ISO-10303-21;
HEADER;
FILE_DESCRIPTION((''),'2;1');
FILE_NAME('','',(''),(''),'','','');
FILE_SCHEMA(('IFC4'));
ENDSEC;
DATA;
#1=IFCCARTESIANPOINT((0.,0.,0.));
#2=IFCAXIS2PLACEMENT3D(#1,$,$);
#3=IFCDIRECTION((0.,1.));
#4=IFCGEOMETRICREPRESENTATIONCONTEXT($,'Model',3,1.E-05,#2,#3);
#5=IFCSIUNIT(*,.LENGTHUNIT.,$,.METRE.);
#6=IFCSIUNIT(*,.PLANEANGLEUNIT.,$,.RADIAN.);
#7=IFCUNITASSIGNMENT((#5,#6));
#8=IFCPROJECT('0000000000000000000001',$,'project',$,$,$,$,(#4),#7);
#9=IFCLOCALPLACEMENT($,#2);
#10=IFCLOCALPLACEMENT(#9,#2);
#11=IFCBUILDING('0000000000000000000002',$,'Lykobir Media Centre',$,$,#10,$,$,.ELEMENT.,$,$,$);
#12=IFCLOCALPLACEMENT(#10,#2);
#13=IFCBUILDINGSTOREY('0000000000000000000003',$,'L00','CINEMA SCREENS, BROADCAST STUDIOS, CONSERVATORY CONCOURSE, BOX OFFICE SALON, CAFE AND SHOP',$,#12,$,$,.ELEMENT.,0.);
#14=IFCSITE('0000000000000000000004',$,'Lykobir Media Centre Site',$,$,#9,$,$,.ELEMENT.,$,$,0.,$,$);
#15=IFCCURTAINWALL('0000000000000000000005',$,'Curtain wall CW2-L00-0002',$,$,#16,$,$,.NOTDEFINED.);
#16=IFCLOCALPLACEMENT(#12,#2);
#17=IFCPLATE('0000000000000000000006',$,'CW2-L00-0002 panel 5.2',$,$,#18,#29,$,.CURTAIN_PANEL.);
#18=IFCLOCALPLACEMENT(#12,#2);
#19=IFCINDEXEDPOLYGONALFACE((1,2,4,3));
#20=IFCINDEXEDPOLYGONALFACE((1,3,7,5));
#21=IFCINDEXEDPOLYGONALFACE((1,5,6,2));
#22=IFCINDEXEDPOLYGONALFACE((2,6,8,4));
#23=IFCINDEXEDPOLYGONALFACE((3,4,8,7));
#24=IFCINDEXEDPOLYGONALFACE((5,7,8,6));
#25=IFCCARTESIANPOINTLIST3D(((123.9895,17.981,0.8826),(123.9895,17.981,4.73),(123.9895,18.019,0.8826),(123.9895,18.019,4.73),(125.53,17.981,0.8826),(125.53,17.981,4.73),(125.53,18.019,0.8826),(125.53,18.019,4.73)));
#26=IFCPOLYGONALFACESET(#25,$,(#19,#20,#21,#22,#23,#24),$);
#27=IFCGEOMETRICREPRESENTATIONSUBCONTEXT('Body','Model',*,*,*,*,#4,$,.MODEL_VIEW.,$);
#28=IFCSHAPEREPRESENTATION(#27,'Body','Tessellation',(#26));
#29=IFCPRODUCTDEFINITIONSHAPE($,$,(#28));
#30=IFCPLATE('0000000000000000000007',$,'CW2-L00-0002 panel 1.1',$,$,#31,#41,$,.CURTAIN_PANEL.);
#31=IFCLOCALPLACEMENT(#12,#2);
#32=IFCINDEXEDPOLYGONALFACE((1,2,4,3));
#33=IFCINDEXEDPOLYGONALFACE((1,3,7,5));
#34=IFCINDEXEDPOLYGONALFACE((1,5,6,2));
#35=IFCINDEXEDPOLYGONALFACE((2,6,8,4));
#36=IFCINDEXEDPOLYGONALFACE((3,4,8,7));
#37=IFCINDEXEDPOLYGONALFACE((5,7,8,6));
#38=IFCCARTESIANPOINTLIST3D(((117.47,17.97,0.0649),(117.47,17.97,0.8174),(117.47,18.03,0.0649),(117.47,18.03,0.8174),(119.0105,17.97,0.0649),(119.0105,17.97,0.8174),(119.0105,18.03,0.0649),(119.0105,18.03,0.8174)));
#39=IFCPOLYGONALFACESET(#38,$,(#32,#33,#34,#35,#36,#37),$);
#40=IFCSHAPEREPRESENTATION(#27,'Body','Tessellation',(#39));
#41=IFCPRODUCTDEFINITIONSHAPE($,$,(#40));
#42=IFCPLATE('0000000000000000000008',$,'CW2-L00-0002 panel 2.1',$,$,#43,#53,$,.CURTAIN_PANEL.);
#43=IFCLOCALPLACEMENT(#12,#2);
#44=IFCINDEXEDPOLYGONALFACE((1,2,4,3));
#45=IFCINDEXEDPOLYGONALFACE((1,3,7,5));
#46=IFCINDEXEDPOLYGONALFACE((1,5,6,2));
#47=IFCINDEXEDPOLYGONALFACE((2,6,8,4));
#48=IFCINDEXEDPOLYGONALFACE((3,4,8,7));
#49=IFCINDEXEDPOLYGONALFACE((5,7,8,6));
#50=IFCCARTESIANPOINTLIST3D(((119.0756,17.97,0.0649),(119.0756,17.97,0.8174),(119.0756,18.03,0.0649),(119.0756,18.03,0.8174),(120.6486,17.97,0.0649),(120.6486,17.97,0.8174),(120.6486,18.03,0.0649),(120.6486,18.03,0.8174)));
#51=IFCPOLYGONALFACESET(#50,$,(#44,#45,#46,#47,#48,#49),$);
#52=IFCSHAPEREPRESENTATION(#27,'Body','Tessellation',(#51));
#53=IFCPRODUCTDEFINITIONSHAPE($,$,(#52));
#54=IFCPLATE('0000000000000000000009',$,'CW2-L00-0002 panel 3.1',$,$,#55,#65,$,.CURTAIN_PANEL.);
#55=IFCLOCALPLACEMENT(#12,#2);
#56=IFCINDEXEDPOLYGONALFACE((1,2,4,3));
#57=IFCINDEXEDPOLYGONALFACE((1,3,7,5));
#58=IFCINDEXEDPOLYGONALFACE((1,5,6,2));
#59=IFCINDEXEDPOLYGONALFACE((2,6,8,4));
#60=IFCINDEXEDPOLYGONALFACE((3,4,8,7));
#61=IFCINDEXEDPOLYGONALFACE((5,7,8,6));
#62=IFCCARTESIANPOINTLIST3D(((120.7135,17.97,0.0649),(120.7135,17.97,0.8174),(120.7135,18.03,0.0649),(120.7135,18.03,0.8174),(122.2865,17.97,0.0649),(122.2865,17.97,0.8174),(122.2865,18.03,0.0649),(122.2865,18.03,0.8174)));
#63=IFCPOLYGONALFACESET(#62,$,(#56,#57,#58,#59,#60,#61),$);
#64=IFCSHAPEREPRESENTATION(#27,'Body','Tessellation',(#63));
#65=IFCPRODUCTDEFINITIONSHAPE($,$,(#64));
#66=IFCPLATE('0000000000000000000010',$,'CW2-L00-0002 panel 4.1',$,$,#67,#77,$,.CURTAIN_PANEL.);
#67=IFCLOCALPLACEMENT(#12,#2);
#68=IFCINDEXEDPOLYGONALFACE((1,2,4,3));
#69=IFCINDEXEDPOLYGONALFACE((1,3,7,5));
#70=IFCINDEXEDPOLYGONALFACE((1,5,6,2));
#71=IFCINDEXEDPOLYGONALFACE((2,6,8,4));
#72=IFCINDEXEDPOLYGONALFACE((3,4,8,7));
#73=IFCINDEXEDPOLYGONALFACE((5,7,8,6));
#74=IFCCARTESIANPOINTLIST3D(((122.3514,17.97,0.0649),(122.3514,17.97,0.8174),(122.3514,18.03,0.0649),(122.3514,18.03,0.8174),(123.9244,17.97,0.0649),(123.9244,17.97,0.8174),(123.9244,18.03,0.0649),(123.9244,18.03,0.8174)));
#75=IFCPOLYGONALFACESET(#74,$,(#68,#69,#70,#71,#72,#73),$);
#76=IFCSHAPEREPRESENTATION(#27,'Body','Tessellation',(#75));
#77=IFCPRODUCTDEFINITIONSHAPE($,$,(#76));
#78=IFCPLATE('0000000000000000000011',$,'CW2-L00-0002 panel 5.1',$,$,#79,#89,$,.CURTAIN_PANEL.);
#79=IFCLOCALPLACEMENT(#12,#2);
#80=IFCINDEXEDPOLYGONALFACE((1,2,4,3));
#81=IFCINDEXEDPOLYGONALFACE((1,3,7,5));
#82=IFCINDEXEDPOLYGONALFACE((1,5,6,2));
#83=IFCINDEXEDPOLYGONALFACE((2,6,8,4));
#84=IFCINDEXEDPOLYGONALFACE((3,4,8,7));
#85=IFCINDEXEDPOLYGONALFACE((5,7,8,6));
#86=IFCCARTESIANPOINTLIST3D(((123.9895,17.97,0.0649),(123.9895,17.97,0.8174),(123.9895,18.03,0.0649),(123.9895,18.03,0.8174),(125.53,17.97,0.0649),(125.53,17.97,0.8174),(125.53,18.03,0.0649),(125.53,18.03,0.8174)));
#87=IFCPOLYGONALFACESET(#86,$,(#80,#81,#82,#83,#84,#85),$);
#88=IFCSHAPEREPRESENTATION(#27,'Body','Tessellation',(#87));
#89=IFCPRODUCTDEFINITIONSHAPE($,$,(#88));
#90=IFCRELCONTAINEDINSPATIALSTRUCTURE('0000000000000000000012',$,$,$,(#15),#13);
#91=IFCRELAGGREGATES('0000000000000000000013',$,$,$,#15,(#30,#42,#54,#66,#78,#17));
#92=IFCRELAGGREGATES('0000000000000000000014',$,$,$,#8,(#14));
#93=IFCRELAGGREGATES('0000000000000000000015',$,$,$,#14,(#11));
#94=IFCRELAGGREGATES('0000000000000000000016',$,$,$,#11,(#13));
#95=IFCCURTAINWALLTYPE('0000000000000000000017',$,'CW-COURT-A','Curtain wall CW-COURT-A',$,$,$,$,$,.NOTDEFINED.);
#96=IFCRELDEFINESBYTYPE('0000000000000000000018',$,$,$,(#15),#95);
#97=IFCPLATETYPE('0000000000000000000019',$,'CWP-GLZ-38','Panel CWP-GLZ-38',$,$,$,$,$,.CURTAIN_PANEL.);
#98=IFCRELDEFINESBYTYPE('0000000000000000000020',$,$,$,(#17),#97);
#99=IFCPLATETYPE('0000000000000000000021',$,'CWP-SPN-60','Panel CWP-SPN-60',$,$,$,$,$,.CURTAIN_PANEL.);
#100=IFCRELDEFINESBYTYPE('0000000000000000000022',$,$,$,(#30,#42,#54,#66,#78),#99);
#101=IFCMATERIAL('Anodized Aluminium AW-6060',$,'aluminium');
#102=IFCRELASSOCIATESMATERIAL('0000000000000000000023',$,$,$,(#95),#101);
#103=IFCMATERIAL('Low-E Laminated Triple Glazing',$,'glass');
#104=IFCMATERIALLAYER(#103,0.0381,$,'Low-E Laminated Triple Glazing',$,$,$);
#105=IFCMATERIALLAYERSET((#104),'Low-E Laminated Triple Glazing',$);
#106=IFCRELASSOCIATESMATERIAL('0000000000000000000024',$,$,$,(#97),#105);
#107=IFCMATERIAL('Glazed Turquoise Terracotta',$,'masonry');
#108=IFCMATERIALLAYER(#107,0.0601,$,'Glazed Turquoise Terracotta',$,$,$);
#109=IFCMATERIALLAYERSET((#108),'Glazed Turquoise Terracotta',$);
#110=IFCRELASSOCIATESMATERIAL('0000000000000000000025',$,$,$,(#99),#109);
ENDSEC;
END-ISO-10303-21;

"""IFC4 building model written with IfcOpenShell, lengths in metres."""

from ifc_helpers import new_model, si_unit, direction, frame, origin, origin_2d, place, context, subcontext, project, spatial, rectangle, extrude, material, layer, layer_set, type_object, element, aggregate, save


model = new_model("IFC4")

# Units and contexts
model_context = context("Model", 3, precision=1e-05, world=origin(), true_north=direction((0.0, 1.0)))
body_context = subcontext(model_context, "Body", "Model", "MODEL_VIEW")
ifc_project = project(units=[si_unit("LENGTHUNIT", "METRE"), si_unit("PLANEANGLEUNIT", "RADIAN")], contexts=[model_context])

# Site, building, storey
site_placement = place(None, origin())
site = spatial("IfcSite", under=ifc_project, at=site_placement, Name="Lykobir Media Centre Site", CompositionType="ELEMENT", RefElevation=0.0)
building_placement = place(site_placement, origin())
building = spatial("IfcBuilding", under=site, at=building_placement, Name="Lykobir Media Centre", CompositionType="ELEMENT")
storey_placement = place(building_placement, origin())
storey = spatial("IfcBuildingStorey", under=building, at=storey_placement, Name="L00", Description="CINEMA SCREENS, BROADCAST STUDIOS, CONSERVATORY CONCOURSE, BOX OFFICE SALON, CAFE AND SHOP", CompositionType="ELEMENT", Elevation=0.0)

# Curtain wall, plates
ifc_material_1 = material(Name="Anodized Aluminium AW-6060", Category="aluminium")
curtain_wall_type = type_object("IfcCurtainWallType", Name="CW-COURT-A", Description="Curtain wall CW-COURT-A", PredefinedType="NOTDEFINED", material=ifc_material_1)
curtain_wall_placement = place(storey_placement, origin())
curtain_wall = element("IfcCurtainWall", 1, at=curtain_wall_placement, inside=storey, type_object=curtain_wall_type, Name="Curtain wall CW2-L00-0002", PredefinedType="NOTDEFINED")
ifc_material_2 = material(Name="Low-E Laminated Triple Glazing", Category="glass")
ifc_layer_1 = layer(ifc_material_2, 0.0381, Name="Low-E Laminated Triple Glazing")
ifc_layer_set_1 = layer_set([ifc_layer_1], Name="Low-E Laminated Triple Glazing")
plate_type_1 = type_object("IfcPlateType", Name="CWP-GLZ-38", Description="Panel CWP-GLZ-38", PredefinedType="CURTAIN_PANEL", material=ifc_layer_set_1)
plate_1_placement = place(storey_placement, frame((124.7598, 18.0, 0.8826), z_axis=(0.0, 0.0, 1.0), x_axis=(1.0, 0.0, 0.0)))
plate_1 = element("IfcPlate", 2, at=plate_1_placement, type_object=plate_type_1, Name="CW2-L00-0002 panel 5.2", PredefinedType="CURTAIN_PANEL", context=body_context, shape_type="SweptSolid", body=[
    extrude(rectangle(XDim=1.5405, YDim=0.0381, at=origin_2d()), origin(), (0.0, 0.0, 1.0), 3.8474),
])
ifc_material_3 = material(Name="Glazed Turquoise Terracotta", Category="masonry")
ifc_layer_2 = layer(ifc_material_3, 0.0601, Name="Glazed Turquoise Terracotta")
ifc_layer_set_2 = layer_set([ifc_layer_2], Name="Glazed Turquoise Terracotta")
plate_type_2 = type_object("IfcPlateType", Name="CWP-SPN-60", Description="Panel CWP-SPN-60", PredefinedType="CURTAIN_PANEL", material=ifc_layer_set_2)
plate_2_placement = place(storey_placement, frame((118.2402, 18.0, 0.0649), z_axis=(0.0, 0.0, 1.0), x_axis=(1.0, 0.0, 0.0)))
plate_2 = element("IfcPlate", 3, at=plate_2_placement, type_object=plate_type_2, Name="CW2-L00-0002 panel 1.1", PredefinedType="CURTAIN_PANEL", context=body_context, shape_type="SweptSolid", body=[
    extrude(rectangle(XDim=1.5405, YDim=0.0601, at=origin_2d()), origin(), (0.0, 0.0, 1.0), 0.7524),
])
plate_3_placement = place(storey_placement, frame((119.8621, 18.0, 0.0649), z_axis=(0.0, 0.0, 1.0), x_axis=(1.0, 0.0, 0.0)))
plate_3 = element("IfcPlate", 4, at=plate_3_placement, type_object=plate_type_2, Name="CW2-L00-0002 panel 2.1", PredefinedType="CURTAIN_PANEL", context=body_context, shape_type="SweptSolid", body=[
    extrude(rectangle(XDim=1.573, YDim=0.0601, at=origin_2d()), origin(), (0.0, 0.0, 1.0), 0.7524),
])
plate_4_placement = place(storey_placement, frame((121.5, 18.0, 0.0649), z_axis=(0.0, 0.0, 1.0), x_axis=(1.0, 0.0, 0.0)))
plate_4 = element("IfcPlate", 5, at=plate_4_placement, type_object=plate_type_2, Name="CW2-L00-0002 panel 3.1", PredefinedType="CURTAIN_PANEL", context=body_context, shape_type="SweptSolid", body=[
    extrude(rectangle(XDim=1.573, YDim=0.0601, at=origin_2d()), origin(), (0.0, 0.0, 1.0), 0.7524),
])
plate_5_placement = place(storey_placement, frame((123.1379, 18.0, 0.0649), z_axis=(0.0, 0.0, 1.0), x_axis=(1.0, 0.0, 0.0)))
plate_5 = element("IfcPlate", 6, at=plate_5_placement, type_object=plate_type_2, Name="CW2-L00-0002 panel 4.1", PredefinedType="CURTAIN_PANEL", context=body_context, shape_type="SweptSolid", body=[
    extrude(rectangle(XDim=1.573, YDim=0.0601, at=origin_2d()), origin(), (0.0, 0.0, 1.0), 0.7524),
])
plate_6_placement = place(storey_placement, frame((124.7598, 18.0, 0.0649), z_axis=(0.0, 0.0, 1.0), x_axis=(1.0, 0.0, 0.0)))
plate_6 = element("IfcPlate", 7, at=plate_6_placement, type_object=plate_type_2, Name="CW2-L00-0002 panel 5.1", PredefinedType="CURTAIN_PANEL", context=body_context, shape_type="SweptSolid", body=[
    extrude(rectangle(XDim=1.5405, YDim=0.0601, at=origin_2d()), origin(), (0.0, 0.0, 1.0), 0.7524),
])
aggregate(curtain_wall, [plate_2, plate_3, plate_4, plate_5, plate_6, plate_1])

save(model, "model.ifc")
